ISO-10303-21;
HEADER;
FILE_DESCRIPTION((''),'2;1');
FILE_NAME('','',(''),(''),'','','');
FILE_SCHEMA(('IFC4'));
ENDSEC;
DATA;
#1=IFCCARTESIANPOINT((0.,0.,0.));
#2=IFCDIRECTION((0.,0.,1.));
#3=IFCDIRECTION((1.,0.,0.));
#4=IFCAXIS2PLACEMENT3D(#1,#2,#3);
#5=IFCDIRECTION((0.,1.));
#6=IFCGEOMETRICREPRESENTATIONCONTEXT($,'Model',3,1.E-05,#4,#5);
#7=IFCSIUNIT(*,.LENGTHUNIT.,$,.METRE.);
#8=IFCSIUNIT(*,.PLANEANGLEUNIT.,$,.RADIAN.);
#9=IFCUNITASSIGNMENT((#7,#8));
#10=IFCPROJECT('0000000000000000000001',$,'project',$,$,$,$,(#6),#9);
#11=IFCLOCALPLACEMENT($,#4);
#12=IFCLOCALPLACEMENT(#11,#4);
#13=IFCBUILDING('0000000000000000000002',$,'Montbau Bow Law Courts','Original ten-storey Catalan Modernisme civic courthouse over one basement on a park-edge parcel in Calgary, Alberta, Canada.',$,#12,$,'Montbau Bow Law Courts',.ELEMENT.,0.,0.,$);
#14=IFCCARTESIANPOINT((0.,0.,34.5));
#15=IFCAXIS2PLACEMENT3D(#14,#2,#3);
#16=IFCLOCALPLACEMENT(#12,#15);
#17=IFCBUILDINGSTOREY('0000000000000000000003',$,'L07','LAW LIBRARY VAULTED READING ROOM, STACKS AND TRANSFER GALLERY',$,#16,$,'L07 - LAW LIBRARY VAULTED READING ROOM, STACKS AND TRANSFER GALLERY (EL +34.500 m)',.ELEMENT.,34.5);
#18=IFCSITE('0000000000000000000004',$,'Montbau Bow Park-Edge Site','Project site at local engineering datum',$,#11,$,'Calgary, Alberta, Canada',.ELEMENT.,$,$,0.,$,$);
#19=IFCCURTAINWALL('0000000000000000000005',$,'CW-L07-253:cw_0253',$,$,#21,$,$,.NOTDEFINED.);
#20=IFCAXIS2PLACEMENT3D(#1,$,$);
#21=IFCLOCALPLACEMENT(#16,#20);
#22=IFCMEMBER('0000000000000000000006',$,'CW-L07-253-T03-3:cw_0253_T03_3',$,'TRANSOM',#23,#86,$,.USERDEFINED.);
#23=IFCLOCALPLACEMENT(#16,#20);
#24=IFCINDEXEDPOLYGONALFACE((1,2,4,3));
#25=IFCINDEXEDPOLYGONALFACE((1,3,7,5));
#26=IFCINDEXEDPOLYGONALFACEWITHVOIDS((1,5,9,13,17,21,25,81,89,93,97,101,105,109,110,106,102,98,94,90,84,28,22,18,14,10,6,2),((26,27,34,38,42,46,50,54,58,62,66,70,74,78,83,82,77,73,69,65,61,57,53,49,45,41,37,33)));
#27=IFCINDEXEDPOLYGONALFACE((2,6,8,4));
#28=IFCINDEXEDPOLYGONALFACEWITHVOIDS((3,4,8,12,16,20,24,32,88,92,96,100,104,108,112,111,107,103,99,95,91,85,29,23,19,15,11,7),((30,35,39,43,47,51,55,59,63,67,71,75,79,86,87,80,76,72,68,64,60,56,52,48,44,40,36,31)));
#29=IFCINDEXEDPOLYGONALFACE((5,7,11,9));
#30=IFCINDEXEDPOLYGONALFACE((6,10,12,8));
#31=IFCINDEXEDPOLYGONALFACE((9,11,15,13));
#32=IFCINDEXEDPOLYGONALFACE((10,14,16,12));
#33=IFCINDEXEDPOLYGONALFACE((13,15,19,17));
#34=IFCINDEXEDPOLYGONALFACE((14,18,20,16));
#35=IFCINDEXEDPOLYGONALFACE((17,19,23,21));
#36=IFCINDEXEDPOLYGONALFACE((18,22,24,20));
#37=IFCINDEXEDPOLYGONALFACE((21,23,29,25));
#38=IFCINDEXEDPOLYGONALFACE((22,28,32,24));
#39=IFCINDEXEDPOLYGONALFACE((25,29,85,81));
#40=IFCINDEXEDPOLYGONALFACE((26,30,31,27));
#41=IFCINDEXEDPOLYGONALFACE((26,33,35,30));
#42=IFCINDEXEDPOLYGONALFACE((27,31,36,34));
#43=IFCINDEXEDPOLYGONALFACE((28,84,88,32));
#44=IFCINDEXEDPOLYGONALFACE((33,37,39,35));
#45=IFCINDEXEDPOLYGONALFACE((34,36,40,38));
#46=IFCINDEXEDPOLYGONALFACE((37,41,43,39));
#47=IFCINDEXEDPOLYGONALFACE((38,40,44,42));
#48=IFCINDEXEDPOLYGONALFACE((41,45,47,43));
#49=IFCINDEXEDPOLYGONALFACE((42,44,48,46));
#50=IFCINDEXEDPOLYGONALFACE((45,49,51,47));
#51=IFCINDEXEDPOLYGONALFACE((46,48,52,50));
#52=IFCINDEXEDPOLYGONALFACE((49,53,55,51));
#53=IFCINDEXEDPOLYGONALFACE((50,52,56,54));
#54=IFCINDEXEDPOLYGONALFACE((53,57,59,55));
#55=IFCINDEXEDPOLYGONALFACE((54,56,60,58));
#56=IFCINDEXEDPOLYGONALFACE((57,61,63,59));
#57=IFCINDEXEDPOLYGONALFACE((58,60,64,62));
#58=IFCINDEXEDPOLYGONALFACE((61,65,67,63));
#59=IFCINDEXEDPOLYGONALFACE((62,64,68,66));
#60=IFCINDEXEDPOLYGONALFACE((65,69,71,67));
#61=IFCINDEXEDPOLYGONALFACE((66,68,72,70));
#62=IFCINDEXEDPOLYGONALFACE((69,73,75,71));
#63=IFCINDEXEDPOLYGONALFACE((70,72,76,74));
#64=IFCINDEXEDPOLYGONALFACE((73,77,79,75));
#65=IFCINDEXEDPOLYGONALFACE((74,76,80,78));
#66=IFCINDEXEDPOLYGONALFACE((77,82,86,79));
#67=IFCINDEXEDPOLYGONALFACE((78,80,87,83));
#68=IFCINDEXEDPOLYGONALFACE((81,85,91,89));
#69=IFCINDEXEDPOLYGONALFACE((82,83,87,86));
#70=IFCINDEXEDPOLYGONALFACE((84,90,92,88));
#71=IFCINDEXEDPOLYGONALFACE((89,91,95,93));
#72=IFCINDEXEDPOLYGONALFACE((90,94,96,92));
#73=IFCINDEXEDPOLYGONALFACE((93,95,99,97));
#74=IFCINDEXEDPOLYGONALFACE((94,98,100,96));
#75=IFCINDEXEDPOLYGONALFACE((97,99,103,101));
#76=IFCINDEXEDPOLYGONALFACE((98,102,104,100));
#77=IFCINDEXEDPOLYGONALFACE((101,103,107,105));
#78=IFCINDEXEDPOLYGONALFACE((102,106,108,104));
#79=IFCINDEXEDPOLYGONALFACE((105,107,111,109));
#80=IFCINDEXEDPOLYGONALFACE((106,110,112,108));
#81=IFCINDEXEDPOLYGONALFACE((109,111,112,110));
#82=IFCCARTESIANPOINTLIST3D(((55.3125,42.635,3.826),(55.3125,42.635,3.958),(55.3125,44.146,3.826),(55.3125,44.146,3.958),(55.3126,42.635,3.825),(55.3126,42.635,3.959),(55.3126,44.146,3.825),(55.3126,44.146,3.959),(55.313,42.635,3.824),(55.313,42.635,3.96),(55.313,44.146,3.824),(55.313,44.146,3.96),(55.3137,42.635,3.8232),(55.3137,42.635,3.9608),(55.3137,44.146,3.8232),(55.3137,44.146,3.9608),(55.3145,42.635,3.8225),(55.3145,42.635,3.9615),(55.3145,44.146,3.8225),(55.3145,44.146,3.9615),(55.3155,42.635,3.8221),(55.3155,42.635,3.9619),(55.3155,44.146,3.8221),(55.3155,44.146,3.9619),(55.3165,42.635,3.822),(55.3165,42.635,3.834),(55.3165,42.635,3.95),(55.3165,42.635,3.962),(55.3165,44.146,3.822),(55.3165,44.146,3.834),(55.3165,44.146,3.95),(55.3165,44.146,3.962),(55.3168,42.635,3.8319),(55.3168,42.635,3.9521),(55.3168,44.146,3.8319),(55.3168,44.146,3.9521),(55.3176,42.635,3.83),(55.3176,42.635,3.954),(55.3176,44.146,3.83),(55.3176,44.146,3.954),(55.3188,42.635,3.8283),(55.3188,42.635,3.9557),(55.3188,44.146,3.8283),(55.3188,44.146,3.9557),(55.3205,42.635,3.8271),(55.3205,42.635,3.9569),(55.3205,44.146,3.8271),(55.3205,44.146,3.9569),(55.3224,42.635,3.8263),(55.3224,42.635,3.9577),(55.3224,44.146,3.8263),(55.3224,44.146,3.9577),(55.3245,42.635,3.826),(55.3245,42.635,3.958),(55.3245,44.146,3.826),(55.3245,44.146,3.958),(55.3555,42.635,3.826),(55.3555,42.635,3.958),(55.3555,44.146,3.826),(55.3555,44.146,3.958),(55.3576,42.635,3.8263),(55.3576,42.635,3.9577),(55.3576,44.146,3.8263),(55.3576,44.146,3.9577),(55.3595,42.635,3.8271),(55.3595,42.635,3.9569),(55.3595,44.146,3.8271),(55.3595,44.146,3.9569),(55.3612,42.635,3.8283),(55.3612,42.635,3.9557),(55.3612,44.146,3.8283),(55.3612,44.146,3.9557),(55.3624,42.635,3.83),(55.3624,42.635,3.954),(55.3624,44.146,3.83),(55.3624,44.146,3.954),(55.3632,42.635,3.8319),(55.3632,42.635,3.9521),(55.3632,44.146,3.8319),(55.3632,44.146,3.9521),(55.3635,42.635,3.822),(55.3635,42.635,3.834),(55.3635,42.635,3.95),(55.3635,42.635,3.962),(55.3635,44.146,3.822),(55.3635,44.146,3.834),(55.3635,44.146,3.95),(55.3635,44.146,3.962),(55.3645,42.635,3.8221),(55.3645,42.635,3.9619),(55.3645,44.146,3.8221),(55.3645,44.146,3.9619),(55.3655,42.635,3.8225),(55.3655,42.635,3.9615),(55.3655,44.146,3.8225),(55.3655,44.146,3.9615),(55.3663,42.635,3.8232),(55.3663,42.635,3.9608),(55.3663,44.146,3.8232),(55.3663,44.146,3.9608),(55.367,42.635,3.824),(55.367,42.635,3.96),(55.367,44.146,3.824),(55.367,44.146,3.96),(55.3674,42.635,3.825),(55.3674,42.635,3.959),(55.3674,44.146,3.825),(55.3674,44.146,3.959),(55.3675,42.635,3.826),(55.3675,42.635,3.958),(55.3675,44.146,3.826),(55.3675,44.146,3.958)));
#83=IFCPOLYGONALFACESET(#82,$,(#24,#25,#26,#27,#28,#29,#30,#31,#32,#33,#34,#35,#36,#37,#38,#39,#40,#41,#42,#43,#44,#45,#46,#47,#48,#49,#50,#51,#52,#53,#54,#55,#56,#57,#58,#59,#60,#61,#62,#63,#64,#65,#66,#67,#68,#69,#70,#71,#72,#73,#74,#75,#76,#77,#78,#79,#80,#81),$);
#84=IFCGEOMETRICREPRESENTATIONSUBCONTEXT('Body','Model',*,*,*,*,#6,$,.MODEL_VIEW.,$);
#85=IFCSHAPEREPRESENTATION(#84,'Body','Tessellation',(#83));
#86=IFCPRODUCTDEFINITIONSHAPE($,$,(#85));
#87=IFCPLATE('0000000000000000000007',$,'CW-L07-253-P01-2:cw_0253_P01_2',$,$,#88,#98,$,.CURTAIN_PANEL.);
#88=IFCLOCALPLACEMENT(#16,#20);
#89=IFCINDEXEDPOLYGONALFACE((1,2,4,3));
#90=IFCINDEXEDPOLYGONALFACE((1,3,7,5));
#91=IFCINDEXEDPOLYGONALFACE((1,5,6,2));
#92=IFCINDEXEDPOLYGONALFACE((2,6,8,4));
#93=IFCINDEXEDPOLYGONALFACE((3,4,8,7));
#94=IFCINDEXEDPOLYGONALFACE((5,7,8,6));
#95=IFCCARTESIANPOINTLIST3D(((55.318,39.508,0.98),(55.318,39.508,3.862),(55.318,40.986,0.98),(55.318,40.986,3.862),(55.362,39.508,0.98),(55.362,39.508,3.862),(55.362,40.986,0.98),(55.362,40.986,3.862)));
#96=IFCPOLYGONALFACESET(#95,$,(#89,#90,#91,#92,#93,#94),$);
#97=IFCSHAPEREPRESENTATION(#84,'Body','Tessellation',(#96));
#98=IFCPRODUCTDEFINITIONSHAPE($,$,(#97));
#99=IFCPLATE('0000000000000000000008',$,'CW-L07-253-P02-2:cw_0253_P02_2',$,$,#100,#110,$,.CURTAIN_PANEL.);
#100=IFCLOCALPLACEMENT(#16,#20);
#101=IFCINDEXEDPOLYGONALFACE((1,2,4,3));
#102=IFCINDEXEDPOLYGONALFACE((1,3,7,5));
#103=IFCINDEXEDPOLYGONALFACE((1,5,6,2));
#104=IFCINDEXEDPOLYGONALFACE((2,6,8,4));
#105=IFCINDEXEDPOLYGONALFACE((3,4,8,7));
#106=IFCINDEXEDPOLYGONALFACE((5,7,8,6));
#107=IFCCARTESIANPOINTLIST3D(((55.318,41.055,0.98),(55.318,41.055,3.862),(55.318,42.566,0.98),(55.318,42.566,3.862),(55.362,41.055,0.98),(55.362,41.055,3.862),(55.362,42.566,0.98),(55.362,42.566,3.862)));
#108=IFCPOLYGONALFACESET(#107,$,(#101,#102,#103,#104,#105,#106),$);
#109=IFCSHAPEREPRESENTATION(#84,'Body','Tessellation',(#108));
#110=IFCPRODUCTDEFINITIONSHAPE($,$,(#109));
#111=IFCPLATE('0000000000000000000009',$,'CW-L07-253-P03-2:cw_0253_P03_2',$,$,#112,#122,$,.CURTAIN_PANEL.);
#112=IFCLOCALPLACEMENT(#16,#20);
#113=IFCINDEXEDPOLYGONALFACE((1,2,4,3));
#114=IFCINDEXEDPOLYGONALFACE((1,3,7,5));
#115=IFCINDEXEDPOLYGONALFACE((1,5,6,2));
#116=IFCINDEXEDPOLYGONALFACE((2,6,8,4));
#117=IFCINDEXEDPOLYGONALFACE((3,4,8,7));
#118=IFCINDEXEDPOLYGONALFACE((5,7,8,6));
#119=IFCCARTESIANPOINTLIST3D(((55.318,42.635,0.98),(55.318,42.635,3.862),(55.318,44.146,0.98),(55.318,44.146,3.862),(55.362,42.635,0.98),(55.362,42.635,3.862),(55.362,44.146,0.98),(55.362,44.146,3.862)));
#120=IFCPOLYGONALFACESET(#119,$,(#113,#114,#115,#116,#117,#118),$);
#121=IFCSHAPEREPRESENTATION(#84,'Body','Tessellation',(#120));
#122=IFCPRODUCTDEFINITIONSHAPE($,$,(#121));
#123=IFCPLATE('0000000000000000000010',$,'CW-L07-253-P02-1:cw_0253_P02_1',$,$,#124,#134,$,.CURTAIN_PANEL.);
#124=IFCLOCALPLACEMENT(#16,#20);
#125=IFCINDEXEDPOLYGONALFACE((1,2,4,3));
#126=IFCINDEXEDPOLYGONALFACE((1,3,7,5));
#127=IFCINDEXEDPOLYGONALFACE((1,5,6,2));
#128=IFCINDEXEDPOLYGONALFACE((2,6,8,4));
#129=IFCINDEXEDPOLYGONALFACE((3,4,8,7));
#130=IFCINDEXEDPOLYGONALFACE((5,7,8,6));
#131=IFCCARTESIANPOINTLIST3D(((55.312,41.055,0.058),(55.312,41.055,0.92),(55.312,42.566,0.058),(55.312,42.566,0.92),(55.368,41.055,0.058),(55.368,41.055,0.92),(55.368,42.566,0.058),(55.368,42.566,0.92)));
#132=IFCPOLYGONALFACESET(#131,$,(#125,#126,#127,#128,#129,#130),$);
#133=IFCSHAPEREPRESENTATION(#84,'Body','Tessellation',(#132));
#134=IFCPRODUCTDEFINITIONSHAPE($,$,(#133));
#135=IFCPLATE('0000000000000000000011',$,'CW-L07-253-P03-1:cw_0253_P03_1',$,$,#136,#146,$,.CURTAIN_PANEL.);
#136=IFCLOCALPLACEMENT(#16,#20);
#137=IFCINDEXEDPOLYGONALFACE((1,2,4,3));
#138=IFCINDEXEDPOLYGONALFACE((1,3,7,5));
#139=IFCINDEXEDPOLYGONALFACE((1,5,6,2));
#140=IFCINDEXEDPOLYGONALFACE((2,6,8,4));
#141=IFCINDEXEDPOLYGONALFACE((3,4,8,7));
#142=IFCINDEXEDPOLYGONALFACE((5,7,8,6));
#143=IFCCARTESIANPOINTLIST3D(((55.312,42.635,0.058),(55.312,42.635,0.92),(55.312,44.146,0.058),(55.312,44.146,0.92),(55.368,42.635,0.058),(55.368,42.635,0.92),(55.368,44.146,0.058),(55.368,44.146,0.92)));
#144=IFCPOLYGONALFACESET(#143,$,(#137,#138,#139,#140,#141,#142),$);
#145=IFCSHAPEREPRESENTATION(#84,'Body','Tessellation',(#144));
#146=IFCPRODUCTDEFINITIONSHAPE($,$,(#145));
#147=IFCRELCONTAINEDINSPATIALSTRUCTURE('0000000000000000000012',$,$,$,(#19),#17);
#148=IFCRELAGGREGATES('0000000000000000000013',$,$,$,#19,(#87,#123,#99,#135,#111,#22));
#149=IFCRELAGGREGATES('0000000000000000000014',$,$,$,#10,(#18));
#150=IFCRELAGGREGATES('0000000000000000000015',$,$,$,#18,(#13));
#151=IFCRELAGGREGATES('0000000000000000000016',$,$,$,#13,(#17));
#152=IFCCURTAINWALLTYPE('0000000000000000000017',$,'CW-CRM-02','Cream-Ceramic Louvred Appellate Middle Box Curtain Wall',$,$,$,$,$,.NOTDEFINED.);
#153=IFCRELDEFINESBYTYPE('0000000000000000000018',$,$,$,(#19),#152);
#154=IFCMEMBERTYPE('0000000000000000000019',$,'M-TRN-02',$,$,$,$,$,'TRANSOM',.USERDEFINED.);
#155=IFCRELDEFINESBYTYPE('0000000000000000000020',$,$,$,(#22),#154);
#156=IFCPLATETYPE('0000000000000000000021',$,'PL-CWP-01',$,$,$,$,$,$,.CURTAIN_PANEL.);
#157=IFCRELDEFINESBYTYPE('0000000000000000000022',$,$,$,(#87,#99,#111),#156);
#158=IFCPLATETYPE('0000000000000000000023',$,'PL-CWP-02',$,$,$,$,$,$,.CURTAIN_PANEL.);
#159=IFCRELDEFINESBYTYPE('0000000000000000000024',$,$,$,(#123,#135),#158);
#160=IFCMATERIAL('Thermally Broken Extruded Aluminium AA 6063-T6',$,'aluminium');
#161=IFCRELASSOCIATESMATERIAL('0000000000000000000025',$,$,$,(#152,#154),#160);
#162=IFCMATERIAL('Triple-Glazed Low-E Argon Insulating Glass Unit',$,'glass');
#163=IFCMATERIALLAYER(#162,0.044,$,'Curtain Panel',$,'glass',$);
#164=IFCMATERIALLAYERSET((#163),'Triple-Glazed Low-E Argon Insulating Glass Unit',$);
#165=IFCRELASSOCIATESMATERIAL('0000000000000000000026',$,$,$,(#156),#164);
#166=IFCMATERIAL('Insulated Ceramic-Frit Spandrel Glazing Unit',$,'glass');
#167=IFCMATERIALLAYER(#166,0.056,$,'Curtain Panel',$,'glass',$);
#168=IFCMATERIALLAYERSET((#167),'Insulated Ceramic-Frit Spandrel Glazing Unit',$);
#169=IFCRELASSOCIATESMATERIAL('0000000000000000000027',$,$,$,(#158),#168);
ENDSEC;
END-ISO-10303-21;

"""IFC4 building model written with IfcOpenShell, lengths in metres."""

from ifc_helpers import new_model, si_unit, direction, frame, frame_2d, origin_with_axes, origin_2d_with_axis, place, context, subcontext, project, spatial, rectangle, hollow_rectangle, extrude, material, layer, layer_set, material_profile, profile_set, type_object, element, aggregate, save


model = new_model("IFC4")

# Units and contexts
model_context = context("Model", 3, precision=1e-05, world=origin_with_axes(), true_north=direction((0.0, 1.0)))
body_context = subcontext(model_context, "Body", "Model", "MODEL_VIEW")
ifc_project = project(units=[si_unit("LENGTHUNIT", "METRE"), si_unit("PLANEANGLEUNIT", "RADIAN")], contexts=[model_context])

# Site, building, storey
site_placement = place(None, origin_with_axes())
site = spatial("IfcSite", under=ifc_project, at=site_placement, Name="Montbau Bow Park-Edge Site", Description="Project site at local engineering datum", LongName="Calgary, Alberta, Canada", CompositionType="ELEMENT", RefElevation=0.0)
building_placement = place(site_placement, origin_with_axes())
building = spatial("IfcBuilding", under=site, at=building_placement, Name="Montbau Bow Law Courts", Description="Original ten-storey Catalan Modernisme civic courthouse over one basement on a park-edge parcel in Calgary, Alberta, Canada.", LongName="Montbau Bow Law Courts", CompositionType="ELEMENT", ElevationOfRefHeight=0.0, ElevationOfTerrain=0.0)
storey_placement = place(building_placement, frame((0.0, 0.0, 34.5), z_axis=(0.0, 0.0, 1.0), x_axis=(1.0, 0.0, 0.0)))
storey = spatial("IfcBuildingStorey", under=building, at=storey_placement, Name="L07", Description="LAW LIBRARY VAULTED READING ROOM, STACKS AND TRANSFER GALLERY", LongName="L07 - LAW LIBRARY VAULTED READING ROOM, STACKS AND TRANSFER GALLERY (EL +34.500 m)", CompositionType="ELEMENT", Elevation=34.5)

# Curtain wall, member, plates
ifc_material_1 = material(Name="Thermally Broken Extruded Aluminium AA 6063-T6", Category="aluminium")
curtain_wall_type = type_object("IfcCurtainWallType", Name="CW-CRM-02", Description="Cream-Ceramic Louvred Appellate Middle Box Curtain Wall", PredefinedType="NOTDEFINED", material=ifc_material_1)
curtain_wall_placement = place(None, frame((55.34, 39.44, 34.5), z_axis=(0.0, 0.0, 1.0), x_axis=(1.0, 0.0, 0.0)))
curtain_wall = element("IfcCurtainWall", 1, at=curtain_wall_placement, inside=storey, type_object=curtain_wall_type, Name="CW-L07-253:cw_0253", PredefinedType="NOTDEFINED")
ifc_material_profile_1 = material_profile(ifc_material_1, hollow_rectangle(XDim=0.055, YDim=0.14, WallThickness=0.004, InnerFilletRadius=0.008, OuterFilletRadius=0.004, at=origin_2d_with_axis()), Name="CWT-140X55", Category="Main", Priority=0)
ifc_profile_set_1 = profile_set([ifc_material_profile_1], Name="Thermally Broken Extruded Aluminium AA 6063-T6")
member_type_1 = type_object("IfcMemberType", Name="M-TRN-02", ElementType="TRANSOM", PredefinedType="USERDEFINED", material=ifc_profile_set_1)
member_1_placement = place(None, frame((55.34, 42.635, 38.392), z_axis=(0.0, 1.0, 0.0), x_axis=(-1.0, 0.0, 0.0)))
member_1 = element("IfcMember", 2, at=member_1_placement, type_object=member_type_1, Name="CW-L07-253-T03-3:cw_0253_T03_3", ObjectType="TRANSOM", PredefinedType="USERDEFINED", context=body_context, shape_type="SweptSolid", body=[
    extrude(hollow_rectangle(XDim=0.055, YDim=0.14, WallThickness=0.004, InnerFilletRadius=0.008, OuterFilletRadius=0.004, at=origin_2d_with_axis()), origin_with_axes(), (0.0, 0.0, 1.0), 1.511),
])
ifc_material_2 = material(Name="Triple-Glazed Low-E Argon Insulating Glass Unit", Category="glass")
ifc_layer_1 = layer(ifc_material_2, 0.044, Name="Curtain Panel", Category="glass")
ifc_layer_set_1 = layer_set([ifc_layer_1], Name="Triple-Glazed Low-E Argon Insulating Glass Unit")
plate_type_1 = type_object("IfcPlateType", Name="PL-CWP-01", PredefinedType="CURTAIN_PANEL", material=ifc_layer_set_1)
plate_1_placement = place(None, frame((55.34, 39.508, 35.48), z_axis=(1.0, 0.0, 0.0), x_axis=(0.0, 1.0, 0.0)))
plate_1 = element("IfcPlate", 3, at=plate_1_placement, type_object=plate_type_1, Name="CW-L07-253-P01-2:cw_0253_P01_2", PredefinedType="CURTAIN_PANEL", context=body_context, shape_type="SweptSolid", body=[
    extrude(rectangle(XDim=1.478, YDim=2.882, at=frame_2d((0.739, 1.441), x_axis=(1.0, 0.0))), frame((0.0, 0.0, -0.022), z_axis=(0.0, 0.0, 1.0), x_axis=(1.0, 0.0, 0.0)), (0.0, 0.0, 1.0), 0.044),
])
plate_2_placement = place(None, frame((55.34, 41.055, 35.48), z_axis=(1.0, 0.0, 0.0), x_axis=(0.0, 1.0, 0.0)))
plate_2 = element("IfcPlate", 4, at=plate_2_placement, type_object=plate_type_1, Name="CW-L07-253-P02-2:cw_0253_P02_2", PredefinedType="CURTAIN_PANEL", context=body_context, shape_type="SweptSolid", body=[
    extrude(rectangle(XDim=1.511, YDim=2.882, at=frame_2d((0.7555, 1.441), x_axis=(1.0, 0.0))), frame((0.0, 0.0, -0.022), z_axis=(0.0, 0.0, 1.0), x_axis=(1.0, 0.0, 0.0)), (0.0, 0.0, 1.0), 0.044),
])
plate_3_placement = place(None, frame((55.34, 42.635, 35.48), z_axis=(1.0, 0.0, 0.0), x_axis=(0.0, 1.0, 0.0)))
plate_3 = element("IfcPlate", 5, at=plate_3_placement, type_object=plate_type_1, Name="CW-L07-253-P03-2:cw_0253_P03_2", PredefinedType="CURTAIN_PANEL", context=body_context, shape_type="SweptSolid", body=[
    extrude(rectangle(XDim=1.511, YDim=2.882, at=frame_2d((0.7555, 1.441), x_axis=(1.0, 0.0))), frame((0.0, 0.0, -0.022), z_axis=(0.0, 0.0, 1.0), x_axis=(1.0, 0.0, 0.0)), (0.0, 0.0, 1.0), 0.044),
])
ifc_material_3 = material(Name="Insulated Ceramic-Frit Spandrel Glazing Unit", Category="glass")
ifc_layer_2 = layer(ifc_material_3, 0.056, Name="Curtain Panel", Category="glass")
ifc_layer_set_2 = layer_set([ifc_layer_2], Name="Insulated Ceramic-Frit Spandrel Glazing Unit")
plate_type_2 = type_object("IfcPlateType", Name="PL-CWP-02", PredefinedType="CURTAIN_PANEL", material=ifc_layer_set_2)
plate_4_placement = place(None, frame((55.34, 41.055, 34.558), z_axis=(1.0, 0.0, 0.0), x_axis=(0.0, 1.0, 0.0)))
plate_4 = element("IfcPlate", 6, at=plate_4_placement, type_object=plate_type_2, Name="CW-L07-253-P02-1:cw_0253_P02_1", PredefinedType="CURTAIN_PANEL", context=body_context, shape_type="SweptSolid", body=[
    extrude(rectangle(XDim=1.511, YDim=0.862, at=frame_2d((0.7555, 0.431), x_axis=(1.0, 0.0))), frame((0.0, 0.0, -0.028), z_axis=(0.0, 0.0, 1.0), x_axis=(1.0, 0.0, 0.0)), (0.0, 0.0, 1.0), 0.056),
])
plate_5_placement = place(None, frame((55.34, 42.635, 34.558), z_axis=(1.0, 0.0, 0.0), x_axis=(0.0, 1.0, 0.0)))
plate_5 = element("IfcPlate", 7, at=plate_5_placement, type_object=plate_type_2, Name="CW-L07-253-P03-1:cw_0253_P03_1", PredefinedType="CURTAIN_PANEL", context=body_context, shape_type="SweptSolid", body=[
    extrude(rectangle(XDim=1.511, YDim=0.862, at=frame_2d((0.7555, 0.431), x_axis=(1.0, 0.0))), frame((0.0, 0.0, -0.028), z_axis=(0.0, 0.0, 1.0), x_axis=(1.0, 0.0, 0.0)), (0.0, 0.0, 1.0), 0.056),
])
aggregate(curtain_wall, [plate_1, plate_4, plate_2, plate_5, plate_3, member_1])

save(model, "model.ifc")
